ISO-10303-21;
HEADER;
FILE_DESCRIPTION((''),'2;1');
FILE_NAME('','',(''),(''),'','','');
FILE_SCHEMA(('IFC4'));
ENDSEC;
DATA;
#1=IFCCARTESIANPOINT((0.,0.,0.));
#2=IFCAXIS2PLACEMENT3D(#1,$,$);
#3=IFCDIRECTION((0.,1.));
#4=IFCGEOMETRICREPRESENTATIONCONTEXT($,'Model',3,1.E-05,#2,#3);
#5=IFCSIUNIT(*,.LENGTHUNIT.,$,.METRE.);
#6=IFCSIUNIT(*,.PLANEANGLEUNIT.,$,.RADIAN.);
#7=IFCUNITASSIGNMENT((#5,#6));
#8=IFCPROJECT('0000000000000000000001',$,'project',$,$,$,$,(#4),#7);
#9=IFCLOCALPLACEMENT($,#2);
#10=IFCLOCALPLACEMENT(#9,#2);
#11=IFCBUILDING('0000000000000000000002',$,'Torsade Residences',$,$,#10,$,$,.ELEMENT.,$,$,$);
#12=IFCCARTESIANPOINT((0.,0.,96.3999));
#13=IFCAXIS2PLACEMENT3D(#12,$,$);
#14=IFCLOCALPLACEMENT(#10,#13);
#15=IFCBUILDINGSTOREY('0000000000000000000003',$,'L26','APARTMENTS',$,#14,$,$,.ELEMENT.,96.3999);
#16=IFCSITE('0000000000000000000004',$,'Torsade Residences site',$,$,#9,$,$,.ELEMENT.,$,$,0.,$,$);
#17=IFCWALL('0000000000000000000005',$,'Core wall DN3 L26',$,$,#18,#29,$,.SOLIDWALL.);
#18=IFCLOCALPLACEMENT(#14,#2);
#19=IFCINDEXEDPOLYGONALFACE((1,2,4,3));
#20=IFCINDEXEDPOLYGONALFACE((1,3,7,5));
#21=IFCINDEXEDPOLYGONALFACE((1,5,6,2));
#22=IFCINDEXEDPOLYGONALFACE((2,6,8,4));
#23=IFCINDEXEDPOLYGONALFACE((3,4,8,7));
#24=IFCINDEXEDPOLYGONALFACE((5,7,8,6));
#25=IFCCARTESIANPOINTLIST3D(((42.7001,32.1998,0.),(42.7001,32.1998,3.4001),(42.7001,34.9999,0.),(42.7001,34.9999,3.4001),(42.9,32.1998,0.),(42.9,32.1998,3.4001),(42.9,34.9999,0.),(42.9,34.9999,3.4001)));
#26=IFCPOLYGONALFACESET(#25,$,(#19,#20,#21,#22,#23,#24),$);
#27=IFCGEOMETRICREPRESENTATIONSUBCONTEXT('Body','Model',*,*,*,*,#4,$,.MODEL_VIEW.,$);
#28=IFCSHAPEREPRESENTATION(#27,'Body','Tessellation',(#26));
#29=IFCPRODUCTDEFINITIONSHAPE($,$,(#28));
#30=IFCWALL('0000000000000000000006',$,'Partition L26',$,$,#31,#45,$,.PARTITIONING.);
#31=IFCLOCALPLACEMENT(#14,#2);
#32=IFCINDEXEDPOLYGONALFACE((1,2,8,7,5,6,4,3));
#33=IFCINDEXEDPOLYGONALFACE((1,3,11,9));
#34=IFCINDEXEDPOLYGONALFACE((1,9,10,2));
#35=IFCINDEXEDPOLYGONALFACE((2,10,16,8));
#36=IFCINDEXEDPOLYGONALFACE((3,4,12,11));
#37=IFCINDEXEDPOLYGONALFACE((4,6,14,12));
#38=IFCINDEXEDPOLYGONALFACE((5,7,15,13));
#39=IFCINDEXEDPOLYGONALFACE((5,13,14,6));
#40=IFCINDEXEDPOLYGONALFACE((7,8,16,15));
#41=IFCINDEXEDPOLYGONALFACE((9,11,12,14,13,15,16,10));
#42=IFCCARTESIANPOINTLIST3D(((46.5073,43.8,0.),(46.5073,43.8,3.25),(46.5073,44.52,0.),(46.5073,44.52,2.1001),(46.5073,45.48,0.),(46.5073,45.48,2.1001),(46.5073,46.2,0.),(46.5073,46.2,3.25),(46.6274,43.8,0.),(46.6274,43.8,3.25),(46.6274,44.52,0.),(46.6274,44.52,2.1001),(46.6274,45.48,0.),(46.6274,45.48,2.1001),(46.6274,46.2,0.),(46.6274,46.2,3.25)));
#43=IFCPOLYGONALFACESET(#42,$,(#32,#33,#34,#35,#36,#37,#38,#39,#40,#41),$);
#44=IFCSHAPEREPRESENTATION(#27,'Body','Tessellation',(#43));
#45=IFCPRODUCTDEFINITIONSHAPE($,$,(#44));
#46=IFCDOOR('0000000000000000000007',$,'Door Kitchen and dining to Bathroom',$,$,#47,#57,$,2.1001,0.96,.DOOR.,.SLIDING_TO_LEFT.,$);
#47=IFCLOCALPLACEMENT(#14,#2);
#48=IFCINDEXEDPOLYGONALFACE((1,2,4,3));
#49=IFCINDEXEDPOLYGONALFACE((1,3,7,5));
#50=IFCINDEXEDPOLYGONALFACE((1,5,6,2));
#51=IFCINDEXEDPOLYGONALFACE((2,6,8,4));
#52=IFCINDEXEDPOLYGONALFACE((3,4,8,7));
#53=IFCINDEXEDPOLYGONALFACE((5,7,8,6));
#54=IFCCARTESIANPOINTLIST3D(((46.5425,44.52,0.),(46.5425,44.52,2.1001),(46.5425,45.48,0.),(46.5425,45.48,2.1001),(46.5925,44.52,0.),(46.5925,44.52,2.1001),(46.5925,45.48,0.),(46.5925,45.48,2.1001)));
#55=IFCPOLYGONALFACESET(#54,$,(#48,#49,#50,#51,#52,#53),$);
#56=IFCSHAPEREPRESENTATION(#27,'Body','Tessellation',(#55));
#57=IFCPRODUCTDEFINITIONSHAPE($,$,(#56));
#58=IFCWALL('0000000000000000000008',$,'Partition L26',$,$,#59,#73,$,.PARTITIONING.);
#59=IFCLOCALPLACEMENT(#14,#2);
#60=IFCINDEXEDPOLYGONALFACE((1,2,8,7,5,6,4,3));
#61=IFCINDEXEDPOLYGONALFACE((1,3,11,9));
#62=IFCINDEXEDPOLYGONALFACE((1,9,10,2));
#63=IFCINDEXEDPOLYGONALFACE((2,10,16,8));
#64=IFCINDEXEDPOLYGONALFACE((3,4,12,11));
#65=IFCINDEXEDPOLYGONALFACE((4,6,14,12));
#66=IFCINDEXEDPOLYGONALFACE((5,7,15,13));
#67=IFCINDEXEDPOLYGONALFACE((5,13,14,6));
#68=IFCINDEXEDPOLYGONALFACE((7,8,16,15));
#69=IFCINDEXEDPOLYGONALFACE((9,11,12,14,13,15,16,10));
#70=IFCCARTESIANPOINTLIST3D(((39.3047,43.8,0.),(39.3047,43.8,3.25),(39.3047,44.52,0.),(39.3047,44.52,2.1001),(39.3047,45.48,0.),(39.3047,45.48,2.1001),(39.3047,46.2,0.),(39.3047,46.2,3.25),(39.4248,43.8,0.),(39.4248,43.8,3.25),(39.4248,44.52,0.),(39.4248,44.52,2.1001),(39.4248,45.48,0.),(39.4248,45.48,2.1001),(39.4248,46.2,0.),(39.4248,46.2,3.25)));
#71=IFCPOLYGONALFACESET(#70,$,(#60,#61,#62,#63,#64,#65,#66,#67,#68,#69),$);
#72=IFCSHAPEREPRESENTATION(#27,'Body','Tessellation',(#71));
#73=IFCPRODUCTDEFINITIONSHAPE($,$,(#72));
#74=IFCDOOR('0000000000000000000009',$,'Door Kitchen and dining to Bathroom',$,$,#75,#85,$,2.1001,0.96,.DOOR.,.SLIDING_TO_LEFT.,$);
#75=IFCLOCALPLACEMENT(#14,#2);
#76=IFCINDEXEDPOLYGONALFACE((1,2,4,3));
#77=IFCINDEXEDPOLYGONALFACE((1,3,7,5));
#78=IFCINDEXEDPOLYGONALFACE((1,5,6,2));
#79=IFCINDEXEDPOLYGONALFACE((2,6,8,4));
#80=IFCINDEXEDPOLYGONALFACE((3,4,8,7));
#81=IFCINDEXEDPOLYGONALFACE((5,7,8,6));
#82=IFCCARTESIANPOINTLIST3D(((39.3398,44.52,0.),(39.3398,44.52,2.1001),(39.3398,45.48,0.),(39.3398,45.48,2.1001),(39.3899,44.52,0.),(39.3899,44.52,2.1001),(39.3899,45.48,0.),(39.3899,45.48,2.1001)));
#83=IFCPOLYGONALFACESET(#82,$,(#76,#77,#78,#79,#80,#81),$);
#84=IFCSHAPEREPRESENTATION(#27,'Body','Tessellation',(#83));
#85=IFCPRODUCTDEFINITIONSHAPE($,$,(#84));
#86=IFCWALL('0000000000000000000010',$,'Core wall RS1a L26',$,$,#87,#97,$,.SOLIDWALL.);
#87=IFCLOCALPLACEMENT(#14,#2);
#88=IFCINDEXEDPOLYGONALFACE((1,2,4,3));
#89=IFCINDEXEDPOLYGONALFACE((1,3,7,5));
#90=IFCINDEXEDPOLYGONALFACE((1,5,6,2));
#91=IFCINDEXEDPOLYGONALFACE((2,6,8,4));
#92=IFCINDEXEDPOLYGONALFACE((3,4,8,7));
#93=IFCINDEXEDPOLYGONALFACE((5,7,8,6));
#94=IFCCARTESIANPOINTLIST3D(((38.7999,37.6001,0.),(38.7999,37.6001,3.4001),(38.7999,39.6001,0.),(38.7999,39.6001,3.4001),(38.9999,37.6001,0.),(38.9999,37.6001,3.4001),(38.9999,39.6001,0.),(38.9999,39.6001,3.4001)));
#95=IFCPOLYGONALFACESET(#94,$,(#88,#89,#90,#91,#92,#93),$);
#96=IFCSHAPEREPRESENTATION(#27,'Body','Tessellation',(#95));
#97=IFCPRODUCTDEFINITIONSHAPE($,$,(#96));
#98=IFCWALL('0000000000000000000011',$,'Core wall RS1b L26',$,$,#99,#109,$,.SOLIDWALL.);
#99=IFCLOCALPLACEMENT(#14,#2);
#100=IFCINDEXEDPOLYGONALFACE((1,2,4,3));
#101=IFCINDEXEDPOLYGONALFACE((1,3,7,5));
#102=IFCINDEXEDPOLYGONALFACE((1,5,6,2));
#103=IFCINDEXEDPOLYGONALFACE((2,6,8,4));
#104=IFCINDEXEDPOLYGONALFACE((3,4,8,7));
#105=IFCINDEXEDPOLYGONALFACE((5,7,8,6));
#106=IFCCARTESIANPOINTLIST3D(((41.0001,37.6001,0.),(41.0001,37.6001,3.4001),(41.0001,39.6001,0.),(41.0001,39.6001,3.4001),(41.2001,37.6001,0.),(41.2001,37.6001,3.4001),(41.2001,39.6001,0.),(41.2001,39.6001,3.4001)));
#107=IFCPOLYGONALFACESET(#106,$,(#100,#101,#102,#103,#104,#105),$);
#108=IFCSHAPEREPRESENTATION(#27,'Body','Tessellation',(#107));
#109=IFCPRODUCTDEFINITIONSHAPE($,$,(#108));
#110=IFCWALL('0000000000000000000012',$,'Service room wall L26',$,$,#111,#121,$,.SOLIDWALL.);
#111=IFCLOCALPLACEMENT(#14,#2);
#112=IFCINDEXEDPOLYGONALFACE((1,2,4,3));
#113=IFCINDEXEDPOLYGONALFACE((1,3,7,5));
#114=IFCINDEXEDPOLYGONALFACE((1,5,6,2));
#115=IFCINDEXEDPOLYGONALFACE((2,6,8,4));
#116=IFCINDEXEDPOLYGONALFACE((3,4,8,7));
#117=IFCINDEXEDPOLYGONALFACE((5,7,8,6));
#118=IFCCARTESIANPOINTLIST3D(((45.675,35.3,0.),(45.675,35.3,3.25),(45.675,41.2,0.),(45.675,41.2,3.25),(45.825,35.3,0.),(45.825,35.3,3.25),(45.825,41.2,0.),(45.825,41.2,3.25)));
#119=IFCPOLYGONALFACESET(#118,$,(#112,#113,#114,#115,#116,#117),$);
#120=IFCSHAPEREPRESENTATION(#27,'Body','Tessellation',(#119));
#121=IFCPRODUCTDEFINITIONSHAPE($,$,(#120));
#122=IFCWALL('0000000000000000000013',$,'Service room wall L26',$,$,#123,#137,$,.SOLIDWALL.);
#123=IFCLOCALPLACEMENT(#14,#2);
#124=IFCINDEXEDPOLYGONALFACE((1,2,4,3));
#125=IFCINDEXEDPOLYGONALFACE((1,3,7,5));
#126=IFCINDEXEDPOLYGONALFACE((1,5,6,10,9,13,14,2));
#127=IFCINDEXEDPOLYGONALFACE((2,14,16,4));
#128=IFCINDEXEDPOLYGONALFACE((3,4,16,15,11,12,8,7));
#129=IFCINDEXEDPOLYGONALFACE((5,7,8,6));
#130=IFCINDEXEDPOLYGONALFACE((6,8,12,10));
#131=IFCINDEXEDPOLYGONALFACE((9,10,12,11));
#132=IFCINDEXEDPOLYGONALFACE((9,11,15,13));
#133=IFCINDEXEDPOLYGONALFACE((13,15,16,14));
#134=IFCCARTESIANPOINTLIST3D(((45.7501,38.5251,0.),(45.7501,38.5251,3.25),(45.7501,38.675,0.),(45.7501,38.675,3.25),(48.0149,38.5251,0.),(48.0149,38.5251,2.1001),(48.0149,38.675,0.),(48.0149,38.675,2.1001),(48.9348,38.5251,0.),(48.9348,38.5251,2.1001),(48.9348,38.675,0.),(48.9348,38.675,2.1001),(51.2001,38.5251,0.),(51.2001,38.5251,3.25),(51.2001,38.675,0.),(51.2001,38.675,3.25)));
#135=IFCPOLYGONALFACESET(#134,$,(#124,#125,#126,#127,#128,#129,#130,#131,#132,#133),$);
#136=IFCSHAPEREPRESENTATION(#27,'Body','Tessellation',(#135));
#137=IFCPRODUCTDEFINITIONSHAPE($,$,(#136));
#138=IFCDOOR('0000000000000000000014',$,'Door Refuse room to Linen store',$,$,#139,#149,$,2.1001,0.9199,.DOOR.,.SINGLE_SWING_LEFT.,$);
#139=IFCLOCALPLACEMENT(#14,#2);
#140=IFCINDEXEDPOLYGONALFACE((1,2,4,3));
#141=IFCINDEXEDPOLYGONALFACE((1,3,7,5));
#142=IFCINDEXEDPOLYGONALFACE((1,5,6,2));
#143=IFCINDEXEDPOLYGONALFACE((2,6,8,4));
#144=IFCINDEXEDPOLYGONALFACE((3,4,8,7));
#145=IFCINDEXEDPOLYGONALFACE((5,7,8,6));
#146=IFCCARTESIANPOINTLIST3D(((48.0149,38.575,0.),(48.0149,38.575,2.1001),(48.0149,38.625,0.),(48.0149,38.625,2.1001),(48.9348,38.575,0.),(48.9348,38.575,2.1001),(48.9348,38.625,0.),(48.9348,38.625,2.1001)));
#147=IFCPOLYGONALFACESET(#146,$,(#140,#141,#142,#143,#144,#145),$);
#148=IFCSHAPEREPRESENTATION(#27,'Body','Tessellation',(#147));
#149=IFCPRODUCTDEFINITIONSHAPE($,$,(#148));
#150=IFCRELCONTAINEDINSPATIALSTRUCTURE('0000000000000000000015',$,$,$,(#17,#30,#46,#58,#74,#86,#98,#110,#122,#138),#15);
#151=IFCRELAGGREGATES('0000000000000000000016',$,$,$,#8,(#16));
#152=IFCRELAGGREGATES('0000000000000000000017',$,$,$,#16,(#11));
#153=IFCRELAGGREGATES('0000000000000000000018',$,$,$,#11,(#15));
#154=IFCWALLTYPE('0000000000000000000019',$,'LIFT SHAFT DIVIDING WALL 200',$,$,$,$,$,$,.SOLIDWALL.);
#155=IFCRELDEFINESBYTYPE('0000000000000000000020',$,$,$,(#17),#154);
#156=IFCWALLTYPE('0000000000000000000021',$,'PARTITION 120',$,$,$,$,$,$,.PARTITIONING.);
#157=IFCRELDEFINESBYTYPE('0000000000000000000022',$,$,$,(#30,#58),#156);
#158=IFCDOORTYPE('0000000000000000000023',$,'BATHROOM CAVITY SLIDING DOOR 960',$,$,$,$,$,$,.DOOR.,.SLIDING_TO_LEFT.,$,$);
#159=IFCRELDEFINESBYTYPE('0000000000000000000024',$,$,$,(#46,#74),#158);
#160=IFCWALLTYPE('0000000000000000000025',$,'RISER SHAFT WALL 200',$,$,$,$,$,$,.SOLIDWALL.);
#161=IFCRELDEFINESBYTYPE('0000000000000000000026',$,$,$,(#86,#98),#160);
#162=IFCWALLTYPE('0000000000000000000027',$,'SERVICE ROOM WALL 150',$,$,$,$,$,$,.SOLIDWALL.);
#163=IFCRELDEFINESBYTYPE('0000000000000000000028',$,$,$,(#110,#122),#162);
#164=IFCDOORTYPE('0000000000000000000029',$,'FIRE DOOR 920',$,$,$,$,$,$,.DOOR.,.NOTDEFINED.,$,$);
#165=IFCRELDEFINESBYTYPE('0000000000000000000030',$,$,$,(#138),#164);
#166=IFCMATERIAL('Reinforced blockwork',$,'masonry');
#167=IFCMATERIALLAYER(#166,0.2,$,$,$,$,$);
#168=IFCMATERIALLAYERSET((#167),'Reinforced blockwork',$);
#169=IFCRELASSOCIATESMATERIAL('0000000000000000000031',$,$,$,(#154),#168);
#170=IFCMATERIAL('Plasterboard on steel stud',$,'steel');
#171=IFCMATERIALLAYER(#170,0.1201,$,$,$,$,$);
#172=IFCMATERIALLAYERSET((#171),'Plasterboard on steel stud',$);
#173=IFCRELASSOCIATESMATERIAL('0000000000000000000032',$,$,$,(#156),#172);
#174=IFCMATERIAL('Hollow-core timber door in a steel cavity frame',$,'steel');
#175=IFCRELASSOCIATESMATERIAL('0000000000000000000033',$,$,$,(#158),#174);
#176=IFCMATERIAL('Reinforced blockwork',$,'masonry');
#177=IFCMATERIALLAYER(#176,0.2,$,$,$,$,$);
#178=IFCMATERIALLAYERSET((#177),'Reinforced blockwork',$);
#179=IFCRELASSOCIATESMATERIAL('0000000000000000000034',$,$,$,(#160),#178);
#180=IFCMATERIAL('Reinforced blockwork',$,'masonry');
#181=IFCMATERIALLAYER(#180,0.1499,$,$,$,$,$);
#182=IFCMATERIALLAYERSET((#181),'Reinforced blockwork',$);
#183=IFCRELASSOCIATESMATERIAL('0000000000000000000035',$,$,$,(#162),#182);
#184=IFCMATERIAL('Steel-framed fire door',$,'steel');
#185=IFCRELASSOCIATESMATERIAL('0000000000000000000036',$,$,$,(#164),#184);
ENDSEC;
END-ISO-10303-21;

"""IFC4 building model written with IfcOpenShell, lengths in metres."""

from ifc_helpers import new_model, si_unit, direction, frame, frame_2d, origin, place, context, subcontext, project, spatial, rectangle, extrude, material, layer, layer_set, type_object, element, fill, save


model = new_model("IFC4")

# Units and contexts
model_context = context("Model", 3, precision=1e-05, world=origin(), true_north=direction((0.0, 1.0)))
body_context = subcontext(model_context, "Body", "Model", "MODEL_VIEW")
ifc_project = project(units=[si_unit("LENGTHUNIT", "METRE"), si_unit("PLANEANGLEUNIT", "RADIAN")], contexts=[model_context])

# Site, building, storey
site_placement = place(None, origin())
site = spatial("IfcSite", under=ifc_project, at=site_placement, Name="Torsade Residences site", CompositionType="ELEMENT", RefElevation=0.0)
building_placement = place(site_placement, origin())
building = spatial("IfcBuilding", under=site, at=building_placement, Name="Torsade Residences", CompositionType="ELEMENT")
storey_placement = place(building_placement, frame((0.0, 0.0, 96.3999)))
storey = spatial("IfcBuildingStorey", under=building, at=storey_placement, Name="L26", Description="APARTMENTS", CompositionType="ELEMENT", Elevation=96.3999)

# Wall
ifc_material_1 = material(Name="Reinforced blockwork", Category="masonry")
ifc_layer_1 = layer(ifc_material_1, 0.2)
ifc_layer_set_1 = layer_set([ifc_layer_1], Name="Reinforced blockwork")
wall_type_1 = type_object("IfcWallType", Name="LIFT SHAFT DIVIDING WALL 200", PredefinedType="SOLIDWALL", material=ifc_layer_set_1)
for number, where, z_axis, x_axis, name in (
    (1, (42.8, 32.2, 0.0), (0.0, 0.0, 1.0), (0.0, 1.0, 0.0), "Core wall DN3 L26"),
):
    element("IfcWall", number, at=place(storey_placement, frame(where, z_axis=z_axis, x_axis=x_axis)), inside=storey, type_object=wall_type_1, Name=name, PredefinedType="SOLIDWALL", context=body_context, shape_type="SweptSolid", body=[
        extrude(rectangle(XDim=2.8, YDim=0.2, at=frame_2d((1.3999, 0.0))), origin(), (0.0, 0.0, 1.0), 3.4001),
    ])

# Walls, openings, doors
ifc_material_2 = material(Name="Plasterboard on steel stud", Category="steel")
ifc_layer_2 = layer(ifc_material_2, 0.1201)
ifc_layer_set_2 = layer_set([ifc_layer_2], Name="Plasterboard on steel stud")
wall_type_2 = type_object("IfcWallType", Name="PARTITION 120", PredefinedType="PARTITIONING", material=ifc_layer_set_2)
wall_1_placement = place(storey_placement, frame((46.5674, 43.8, 0.0), z_axis=(0.0, 0.0, 1.0), x_axis=(0.0, 1.0, 0.0)))
wall_1 = element("IfcWall", 2, at=wall_1_placement, inside=storey, type_object=wall_type_2, Name="Partition L26", PredefinedType="PARTITIONING", context=body_context, shape_type="SweptSolid", body=[
    extrude(rectangle(XDim=2.3999, YDim=0.1201, at=frame_2d((1.2, 0.0))), origin(), (0.0, 0.0, 1.0), 3.25),
])
opening_1_placement = place(wall_1_placement, frame((0.72, 0.0, 0.0)))
opening_1 = element("IfcOpeningElement", 3, at=opening_1_placement, cuts=wall_1, PredefinedType="OPENING", context=body_context, shape_type="SweptSolid", body=[
    extrude(rectangle(XDim=0.96, YDim=2.1001, at=frame_2d((0.48, 1.05))), frame((0.0, 0.0701, 0.0), z_axis=(0.0, -1.0, 0.0), x_axis=(1.0, 0.0, 0.0)), (0.0, 0.0, 1.0), 0.1401),
])
ifc_material_3 = material(Name="Hollow-core timber door in a steel cavity frame", Category="steel")
door_type_1 = type_object("IfcDoorType", Name="BATHROOM CAVITY SLIDING DOOR 960", OperationType="SLIDING_TO_LEFT", PredefinedType="DOOR", material=ifc_material_3)
door_1_placement = place(opening_1_placement, origin())
door_1 = element("IfcDoor", 4, at=door_1_placement, inside=storey, type_object=door_type_1, Name="Door Kitchen and dining to Bathroom", OperationType="SLIDING_TO_LEFT", OverallHeight=2.1001, OverallWidth=0.96, PredefinedType="DOOR", context=body_context, shape_type="SweptSolid", body=[
    extrude(rectangle(XDim=0.96, YDim=2.1001, at=frame_2d((0.48, 1.05))), frame((0.0, 0.0249, 0.0), z_axis=(0.0, -1.0, 0.0), x_axis=(1.0, 0.0, 0.0)), (0.0, 0.0, 1.0), 0.05),
])
fill(opening_1, door_1)
wall_2_placement = place(storey_placement, frame((39.3647, 43.8, 0.0), z_axis=(0.0, 0.0, 1.0), x_axis=(0.0, 1.0, 0.0)))
wall_2 = element("IfcWall", 5, at=wall_2_placement, inside=storey, type_object=wall_type_2, Name="Partition L26", PredefinedType="PARTITIONING", context=body_context, shape_type="SweptSolid", body=[
    extrude(rectangle(XDim=2.3999, YDim=0.1201, at=frame_2d((1.2, 0.0))), origin(), (0.0, 0.0, 1.0), 3.25),
])
opening_2_placement = place(wall_2_placement, frame((0.72, 0.0, 0.0)))
opening_2 = element("IfcOpeningElement", 6, at=opening_2_placement, cuts=wall_2, PredefinedType="OPENING", context=body_context, shape_type="SweptSolid", body=[
    extrude(rectangle(XDim=0.96, YDim=2.1001, at=frame_2d((0.48, 1.05))), frame((0.0, 0.0701, 0.0), z_axis=(0.0, -1.0, 0.0), x_axis=(1.0, 0.0, 0.0)), (0.0, 0.0, 1.0), 0.1401),
])
door_2_placement = place(opening_2_placement, origin())
door_2 = element("IfcDoor", 7, at=door_2_placement, inside=storey, type_object=door_type_1, Name="Door Kitchen and dining to Bathroom", OperationType="SLIDING_TO_LEFT", OverallHeight=2.1001, OverallWidth=0.96, PredefinedType="DOOR", context=body_context, shape_type="SweptSolid", body=[
    extrude(rectangle(XDim=0.96, YDim=2.1001, at=frame_2d((0.48, 1.05))), frame((0.0, 0.0249, 0.0), z_axis=(0.0, -1.0, 0.0), x_axis=(1.0, 0.0, 0.0)), (0.0, 0.0, 1.0), 0.05),
])
fill(opening_2, door_2)

# Walls
ifc_material_4 = material(Name="Reinforced blockwork", Category="masonry")
ifc_layer_3 = layer(ifc_material_4, 0.2)
ifc_layer_set_3 = layer_set([ifc_layer_3], Name="Reinforced blockwork")
wall_type_3 = type_object("IfcWallType", Name="RISER SHAFT WALL 200", PredefinedType="SOLIDWALL", material=ifc_layer_set_3)
for number, where, z_axis, x_axis, name in (
    (8, (38.8999, 37.6001, 0.0), (0.0, 0.0, 1.0), (0.0, 1.0, 0.0), "Core wall RS1a L26"),
    (9, (41.1001, 37.6001, 0.0), (0.0, 0.0, 1.0), (0.0, 1.0, 0.0), "Core wall RS1b L26"),
):
    element("IfcWall", number, at=place(storey_placement, frame(where, z_axis=z_axis, x_axis=x_axis)), inside=storey, type_object=wall_type_3, Name=name, PredefinedType="SOLIDWALL", context=body_context, shape_type="SweptSolid", body=[
        extrude(rectangle(XDim=2.0, YDim=0.2, at=frame_2d((1.0, 0.0))), origin(), (0.0, 0.0, 1.0), 3.4001),
    ])
ifc_material_5 = material(Name="Reinforced blockwork", Category="masonry")
ifc_layer_4 = layer(ifc_material_5, 0.1499)
ifc_layer_set_4 = layer_set([ifc_layer_4], Name="Reinforced blockwork")
wall_type_4 = type_object("IfcWallType", Name="SERVICE ROOM WALL 150", PredefinedType="SOLIDWALL", material=ifc_layer_set_4)
wall_3_placement = place(storey_placement, frame((45.75, 41.2, 0.0), z_axis=(0.0, 0.0, 1.0), x_axis=(0.0, -1.0, 0.0)))
element("IfcWall", 10, at=wall_3_placement, inside=storey, type_object=wall_type_4, Name="Service room wall L26", PredefinedType="SOLIDWALL", context=body_context, shape_type="SweptSolid", body=[
    extrude(rectangle(XDim=5.8999, YDim=0.1499, at=frame_2d((2.95, 0.0))), origin(), (0.0, 0.0, 1.0), 3.25),
])

# Wall, opening, door
wall_4_placement = place(storey_placement, frame((45.75, 38.6001, 0.0), z_axis=(0.0, 0.0, 1.0), x_axis=(1.0, 0.0, 0.0)))
wall_4 = element("IfcWall", 11, at=wall_4_placement, inside=storey, type_object=wall_type_4, Name="Service room wall L26", PredefinedType="SOLIDWALL", context=body_context, shape_type="SweptSolid", body=[
    extrude(rectangle(XDim=5.45, YDim=0.1499, at=frame_2d((2.7251, 0.0))), origin(), (0.0, 0.0, 1.0), 3.25),
])
opening_3_placement = place(wall_4_placement, frame((2.2649, 0.0, 0.0)))
opening_3 = element("IfcOpeningElement", 12, at=opening_3_placement, cuts=wall_4, PredefinedType="OPENING", context=body_context, shape_type="SweptSolid", body=[
    extrude(rectangle(XDim=0.9199, YDim=2.1001, at=frame_2d((0.46, 1.05))), frame((0.0, 0.085, 0.0), z_axis=(0.0, -1.0, 0.0), x_axis=(1.0, 0.0, 0.0)), (0.0, 0.0, 1.0), 0.1699),
])
ifc_material_6 = material(Name="Steel-framed fire door", Category="steel")
door_type_2 = type_object("IfcDoorType", Name="FIRE DOOR 920", OperationType="NOTDEFINED", PredefinedType="DOOR", material=ifc_material_6)
door_3_placement = place(opening_3_placement, origin())
door_3 = element("IfcDoor", 13, at=door_3_placement, inside=storey, type_object=door_type_2, Name="Door Refuse room to Linen store", OperationType="SINGLE_SWING_LEFT", OverallHeight=2.1001, OverallWidth=0.9199, PredefinedType="DOOR", context=body_context, shape_type="SweptSolid", body=[
    extrude(rectangle(XDim=0.9199, YDim=2.1001, at=frame_2d((0.46, 1.05))), frame((0.0, 0.0249, 0.0), z_axis=(0.0, -1.0, 0.0), x_axis=(1.0, 0.0, 0.0)), (0.0, 0.0, 1.0), 0.05),
])
fill(opening_3, door_3)

save(model, "model.ifc")
